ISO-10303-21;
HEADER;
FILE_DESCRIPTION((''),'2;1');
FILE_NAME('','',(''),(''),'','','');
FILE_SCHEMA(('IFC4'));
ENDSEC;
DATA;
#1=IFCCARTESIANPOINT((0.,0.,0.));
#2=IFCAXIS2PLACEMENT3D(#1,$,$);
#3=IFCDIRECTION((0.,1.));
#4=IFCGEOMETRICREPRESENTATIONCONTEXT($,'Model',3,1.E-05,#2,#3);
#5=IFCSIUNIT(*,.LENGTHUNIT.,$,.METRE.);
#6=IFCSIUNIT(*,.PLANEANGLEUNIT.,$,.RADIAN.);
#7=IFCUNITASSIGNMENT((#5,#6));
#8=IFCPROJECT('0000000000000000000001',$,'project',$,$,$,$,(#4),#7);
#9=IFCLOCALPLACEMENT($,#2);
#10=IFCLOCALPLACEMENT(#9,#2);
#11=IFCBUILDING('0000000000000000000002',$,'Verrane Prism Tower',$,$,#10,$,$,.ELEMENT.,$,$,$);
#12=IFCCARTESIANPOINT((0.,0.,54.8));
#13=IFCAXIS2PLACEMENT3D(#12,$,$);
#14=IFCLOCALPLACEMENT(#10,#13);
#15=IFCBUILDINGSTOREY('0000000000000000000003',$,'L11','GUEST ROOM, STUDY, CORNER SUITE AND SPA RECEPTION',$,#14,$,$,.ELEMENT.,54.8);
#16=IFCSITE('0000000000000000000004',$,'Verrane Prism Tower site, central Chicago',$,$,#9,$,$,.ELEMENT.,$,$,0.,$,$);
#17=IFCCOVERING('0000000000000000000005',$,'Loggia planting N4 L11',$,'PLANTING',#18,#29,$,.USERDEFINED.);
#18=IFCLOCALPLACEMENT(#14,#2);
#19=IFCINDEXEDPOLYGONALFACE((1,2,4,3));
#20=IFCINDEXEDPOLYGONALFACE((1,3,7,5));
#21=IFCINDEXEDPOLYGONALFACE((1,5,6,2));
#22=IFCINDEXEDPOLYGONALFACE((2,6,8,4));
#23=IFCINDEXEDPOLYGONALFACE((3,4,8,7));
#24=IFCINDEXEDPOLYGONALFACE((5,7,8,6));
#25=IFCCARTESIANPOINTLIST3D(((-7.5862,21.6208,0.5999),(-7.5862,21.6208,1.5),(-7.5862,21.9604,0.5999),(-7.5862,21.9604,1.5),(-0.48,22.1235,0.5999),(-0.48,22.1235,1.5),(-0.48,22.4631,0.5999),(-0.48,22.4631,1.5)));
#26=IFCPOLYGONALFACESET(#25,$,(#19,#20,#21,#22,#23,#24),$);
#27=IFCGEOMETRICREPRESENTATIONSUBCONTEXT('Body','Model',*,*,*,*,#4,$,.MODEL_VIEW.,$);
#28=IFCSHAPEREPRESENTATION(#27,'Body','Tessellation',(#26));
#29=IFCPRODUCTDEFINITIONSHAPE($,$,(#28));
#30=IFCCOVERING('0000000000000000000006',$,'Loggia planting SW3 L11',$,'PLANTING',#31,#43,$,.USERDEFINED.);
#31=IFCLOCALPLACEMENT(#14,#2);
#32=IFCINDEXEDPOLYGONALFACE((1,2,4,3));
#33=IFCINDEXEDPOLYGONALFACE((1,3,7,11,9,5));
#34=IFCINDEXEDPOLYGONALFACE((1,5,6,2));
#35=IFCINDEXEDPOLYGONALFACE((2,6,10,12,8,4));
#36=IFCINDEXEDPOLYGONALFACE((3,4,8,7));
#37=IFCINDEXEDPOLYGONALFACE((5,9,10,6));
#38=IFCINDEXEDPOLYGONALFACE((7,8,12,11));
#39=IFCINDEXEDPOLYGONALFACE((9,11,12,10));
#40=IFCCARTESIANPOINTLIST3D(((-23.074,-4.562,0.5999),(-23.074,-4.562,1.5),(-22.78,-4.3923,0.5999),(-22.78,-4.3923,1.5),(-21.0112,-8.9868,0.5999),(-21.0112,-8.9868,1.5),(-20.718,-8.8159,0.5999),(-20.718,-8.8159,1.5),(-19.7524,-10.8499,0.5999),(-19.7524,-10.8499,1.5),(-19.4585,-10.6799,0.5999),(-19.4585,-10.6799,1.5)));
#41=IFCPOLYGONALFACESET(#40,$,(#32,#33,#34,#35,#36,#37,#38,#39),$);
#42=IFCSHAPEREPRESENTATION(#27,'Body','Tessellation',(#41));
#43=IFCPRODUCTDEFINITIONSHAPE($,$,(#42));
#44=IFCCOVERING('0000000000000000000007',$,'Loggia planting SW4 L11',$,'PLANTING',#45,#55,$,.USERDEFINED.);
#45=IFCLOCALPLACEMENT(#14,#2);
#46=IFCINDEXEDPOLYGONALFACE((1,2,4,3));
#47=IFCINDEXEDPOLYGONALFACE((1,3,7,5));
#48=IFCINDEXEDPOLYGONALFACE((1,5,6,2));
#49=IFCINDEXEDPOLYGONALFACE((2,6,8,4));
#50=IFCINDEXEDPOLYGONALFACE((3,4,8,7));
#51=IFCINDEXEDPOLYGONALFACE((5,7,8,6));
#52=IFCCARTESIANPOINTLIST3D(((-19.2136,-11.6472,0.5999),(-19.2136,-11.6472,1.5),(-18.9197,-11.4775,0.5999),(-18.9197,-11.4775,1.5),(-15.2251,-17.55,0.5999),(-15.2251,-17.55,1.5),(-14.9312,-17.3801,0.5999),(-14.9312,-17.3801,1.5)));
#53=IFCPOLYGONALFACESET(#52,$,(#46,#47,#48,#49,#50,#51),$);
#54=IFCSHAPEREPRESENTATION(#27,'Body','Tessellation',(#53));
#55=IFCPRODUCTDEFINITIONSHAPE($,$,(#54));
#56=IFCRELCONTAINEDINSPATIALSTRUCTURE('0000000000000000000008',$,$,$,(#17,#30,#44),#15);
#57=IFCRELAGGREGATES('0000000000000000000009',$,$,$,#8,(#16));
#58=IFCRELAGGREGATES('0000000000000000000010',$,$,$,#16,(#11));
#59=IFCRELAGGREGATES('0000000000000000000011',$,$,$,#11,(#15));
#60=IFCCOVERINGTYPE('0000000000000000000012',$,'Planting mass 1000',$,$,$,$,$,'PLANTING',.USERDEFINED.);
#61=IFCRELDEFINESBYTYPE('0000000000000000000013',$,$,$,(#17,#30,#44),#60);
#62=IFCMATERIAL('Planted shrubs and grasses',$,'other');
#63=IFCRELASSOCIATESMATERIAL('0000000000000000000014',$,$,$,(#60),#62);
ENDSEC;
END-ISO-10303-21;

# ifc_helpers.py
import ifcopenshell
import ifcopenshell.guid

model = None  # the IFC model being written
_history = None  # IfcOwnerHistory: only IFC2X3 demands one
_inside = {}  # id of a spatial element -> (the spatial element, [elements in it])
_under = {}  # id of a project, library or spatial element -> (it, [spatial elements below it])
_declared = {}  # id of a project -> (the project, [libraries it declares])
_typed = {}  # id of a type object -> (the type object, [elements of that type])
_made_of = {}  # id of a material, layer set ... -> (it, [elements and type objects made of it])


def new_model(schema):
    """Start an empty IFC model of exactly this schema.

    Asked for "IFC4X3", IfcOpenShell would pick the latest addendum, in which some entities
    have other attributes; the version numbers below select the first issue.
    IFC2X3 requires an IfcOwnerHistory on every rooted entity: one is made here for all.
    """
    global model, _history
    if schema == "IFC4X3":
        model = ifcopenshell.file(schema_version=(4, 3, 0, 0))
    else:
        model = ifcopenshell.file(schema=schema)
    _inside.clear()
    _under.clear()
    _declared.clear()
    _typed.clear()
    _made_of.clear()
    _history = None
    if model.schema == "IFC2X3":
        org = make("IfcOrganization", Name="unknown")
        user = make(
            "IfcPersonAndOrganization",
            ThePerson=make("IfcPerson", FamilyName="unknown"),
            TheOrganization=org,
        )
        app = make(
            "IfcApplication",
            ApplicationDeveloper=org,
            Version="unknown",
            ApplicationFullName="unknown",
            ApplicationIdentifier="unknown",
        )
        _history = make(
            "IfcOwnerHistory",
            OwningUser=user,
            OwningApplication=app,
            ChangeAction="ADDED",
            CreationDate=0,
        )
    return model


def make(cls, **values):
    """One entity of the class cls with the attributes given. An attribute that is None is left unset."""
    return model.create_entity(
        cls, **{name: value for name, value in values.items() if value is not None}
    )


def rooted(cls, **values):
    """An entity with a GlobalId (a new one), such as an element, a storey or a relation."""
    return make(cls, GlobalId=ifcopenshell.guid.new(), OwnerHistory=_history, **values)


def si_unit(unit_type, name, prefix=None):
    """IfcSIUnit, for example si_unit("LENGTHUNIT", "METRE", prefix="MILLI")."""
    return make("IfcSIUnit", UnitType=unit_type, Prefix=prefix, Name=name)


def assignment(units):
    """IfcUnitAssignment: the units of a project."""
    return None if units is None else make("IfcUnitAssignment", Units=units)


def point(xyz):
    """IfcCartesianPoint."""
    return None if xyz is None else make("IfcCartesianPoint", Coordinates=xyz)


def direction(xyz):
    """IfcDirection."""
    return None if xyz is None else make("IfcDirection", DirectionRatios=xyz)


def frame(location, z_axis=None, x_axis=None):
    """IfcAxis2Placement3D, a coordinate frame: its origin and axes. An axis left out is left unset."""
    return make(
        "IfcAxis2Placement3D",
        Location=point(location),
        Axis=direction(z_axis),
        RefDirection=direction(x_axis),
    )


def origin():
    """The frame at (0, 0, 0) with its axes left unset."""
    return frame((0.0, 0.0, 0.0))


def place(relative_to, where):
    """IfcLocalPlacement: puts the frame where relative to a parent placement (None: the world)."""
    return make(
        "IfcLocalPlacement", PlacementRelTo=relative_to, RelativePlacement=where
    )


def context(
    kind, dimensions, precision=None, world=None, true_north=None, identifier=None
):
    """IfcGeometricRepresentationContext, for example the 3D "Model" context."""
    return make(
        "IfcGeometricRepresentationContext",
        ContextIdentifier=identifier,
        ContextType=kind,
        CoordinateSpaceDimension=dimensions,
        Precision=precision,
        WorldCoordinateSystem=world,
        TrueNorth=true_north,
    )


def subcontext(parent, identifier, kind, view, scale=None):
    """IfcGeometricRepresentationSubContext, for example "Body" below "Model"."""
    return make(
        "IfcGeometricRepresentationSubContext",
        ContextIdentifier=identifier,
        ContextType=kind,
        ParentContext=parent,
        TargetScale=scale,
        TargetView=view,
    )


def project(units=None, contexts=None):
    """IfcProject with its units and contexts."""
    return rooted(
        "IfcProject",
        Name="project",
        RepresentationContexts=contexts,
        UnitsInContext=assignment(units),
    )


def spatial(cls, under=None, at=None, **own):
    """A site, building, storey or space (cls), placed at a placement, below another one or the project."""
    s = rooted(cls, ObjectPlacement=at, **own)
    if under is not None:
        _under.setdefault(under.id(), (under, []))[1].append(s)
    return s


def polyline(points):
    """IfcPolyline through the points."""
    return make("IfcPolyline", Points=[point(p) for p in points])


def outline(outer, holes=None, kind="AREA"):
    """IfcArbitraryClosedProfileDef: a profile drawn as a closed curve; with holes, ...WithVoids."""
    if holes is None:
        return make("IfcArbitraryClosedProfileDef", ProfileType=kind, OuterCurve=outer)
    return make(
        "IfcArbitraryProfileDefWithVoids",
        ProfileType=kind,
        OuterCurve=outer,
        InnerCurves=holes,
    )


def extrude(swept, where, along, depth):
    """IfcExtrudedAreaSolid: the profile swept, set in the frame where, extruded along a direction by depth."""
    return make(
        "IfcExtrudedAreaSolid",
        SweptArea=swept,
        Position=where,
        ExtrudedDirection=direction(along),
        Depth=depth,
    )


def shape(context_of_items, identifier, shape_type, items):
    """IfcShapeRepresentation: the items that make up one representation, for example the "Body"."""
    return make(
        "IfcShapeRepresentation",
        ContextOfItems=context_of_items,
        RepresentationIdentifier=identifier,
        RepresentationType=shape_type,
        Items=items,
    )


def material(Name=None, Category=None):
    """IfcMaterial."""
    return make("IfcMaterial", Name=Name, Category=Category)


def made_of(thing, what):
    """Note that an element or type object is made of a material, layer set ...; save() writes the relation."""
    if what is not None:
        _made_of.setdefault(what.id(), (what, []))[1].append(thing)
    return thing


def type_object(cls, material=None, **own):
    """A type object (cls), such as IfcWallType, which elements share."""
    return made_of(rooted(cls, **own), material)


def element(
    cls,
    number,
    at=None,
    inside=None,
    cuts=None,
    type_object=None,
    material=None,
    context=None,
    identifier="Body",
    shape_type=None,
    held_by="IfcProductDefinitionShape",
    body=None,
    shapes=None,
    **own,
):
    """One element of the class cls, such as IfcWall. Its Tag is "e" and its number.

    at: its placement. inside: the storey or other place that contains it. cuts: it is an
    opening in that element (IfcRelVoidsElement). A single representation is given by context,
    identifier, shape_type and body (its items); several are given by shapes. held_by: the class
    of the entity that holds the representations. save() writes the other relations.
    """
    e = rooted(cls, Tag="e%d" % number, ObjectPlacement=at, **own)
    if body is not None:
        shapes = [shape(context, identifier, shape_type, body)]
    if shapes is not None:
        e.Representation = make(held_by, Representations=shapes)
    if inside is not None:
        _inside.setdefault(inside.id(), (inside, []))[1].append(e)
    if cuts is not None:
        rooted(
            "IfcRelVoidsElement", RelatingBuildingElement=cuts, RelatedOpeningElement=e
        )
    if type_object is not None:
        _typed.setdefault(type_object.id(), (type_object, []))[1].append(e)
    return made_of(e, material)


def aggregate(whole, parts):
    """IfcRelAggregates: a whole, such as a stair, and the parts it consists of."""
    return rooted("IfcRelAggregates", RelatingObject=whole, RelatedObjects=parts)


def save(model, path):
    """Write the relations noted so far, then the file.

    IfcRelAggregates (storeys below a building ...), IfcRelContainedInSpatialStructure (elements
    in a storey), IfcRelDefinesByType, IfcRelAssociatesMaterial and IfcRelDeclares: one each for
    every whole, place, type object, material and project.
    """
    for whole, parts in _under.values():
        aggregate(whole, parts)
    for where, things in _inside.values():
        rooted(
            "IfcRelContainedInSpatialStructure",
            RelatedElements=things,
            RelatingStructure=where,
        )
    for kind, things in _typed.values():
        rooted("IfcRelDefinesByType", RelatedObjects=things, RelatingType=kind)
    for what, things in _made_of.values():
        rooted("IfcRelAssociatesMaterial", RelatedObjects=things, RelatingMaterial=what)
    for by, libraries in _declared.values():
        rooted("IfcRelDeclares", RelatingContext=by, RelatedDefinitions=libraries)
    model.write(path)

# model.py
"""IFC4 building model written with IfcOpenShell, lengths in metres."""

from ifc_helpers import new_model, si_unit, direction, frame, origin, place, context, subcontext, project, spatial, polyline, outline, extrude, material, type_object, element, save


model = new_model("IFC4")

# Units and contexts
model_context = context("Model", 3, precision=1e-05, world=origin(), true_north=direction((0.0, 1.0)))
body_context = subcontext(model_context, "Body", "Model", "MODEL_VIEW")
ifc_project = project(units=[si_unit("LENGTHUNIT", "METRE"), si_unit("PLANEANGLEUNIT", "RADIAN")], contexts=[model_context])

# Site, building, storey
site_placement = place(None, origin())
site = spatial("IfcSite", under=ifc_project, at=site_placement, Name="Verrane Prism Tower site, central Chicago", CompositionType="ELEMENT", RefElevation=0.0)
building_placement = place(site_placement, origin())
building = spatial("IfcBuilding", under=site, at=building_placement, Name="Verrane Prism Tower", CompositionType="ELEMENT")
storey_placement = place(building_placement, frame((0.0, 0.0, 54.8)))
storey = spatial("IfcBuildingStorey", under=building, at=storey_placement, Name="L11", Description="GUEST ROOM, STUDY, CORNER SUITE AND SPA RECEPTION", CompositionType="ELEMENT", Elevation=54.8)

# Coverings
ifc_material_1 = material(Name="Planted shrubs and grasses", Category="other")
covering_type_1 = type_object("IfcCoveringType", Name="Planting mass 1000", ElementType="PLANTING", PredefinedType="USERDEFINED", material=ifc_material_1)
covering_1_placement = place(storey_placement, frame((0.0, 0.0, 0.5999)))
element("IfcCovering", 1, at=covering_1_placement, inside=storey, type_object=covering_type_1, Name="Loggia planting N4 L11", ObjectType="PLANTING", PredefinedType="USERDEFINED", context=body_context, shape_type="SweptSolid", body=[
    extrude(outline(polyline([(-7.5862, 21.9604), (-7.5862, 21.6208), (-0.48, 22.1235), (-0.48, 22.4631), (-7.5862, 21.9604)])), origin(), (0.0, 0.0, 1.0), 0.9001),
])
covering_2_placement = place(storey_placement, frame((0.0, 0.0, 0.5999)))
element("IfcCovering", 2, at=covering_2_placement, inside=storey, type_object=covering_type_1, Name="Loggia planting SW3 L11", ObjectType="PLANTING", PredefinedType="USERDEFINED", context=body_context, shape_type="SweptSolid", body=[
    extrude(outline(polyline([(-21.0112, -8.9868), (-19.7524, -10.8499), (-19.4585, -10.6799), (-20.718, -8.8159), (-22.78, -4.3923), (-23.074, -4.562), (-21.0112, -8.9868)])), origin(), (0.0, 0.0, 1.0), 0.9001),
])
covering_3_placement = place(storey_placement, frame((0.0, 0.0, 0.5999)))
element("IfcCovering", 3, at=covering_3_placement, inside=storey, type_object=covering_type_1, Name="Loggia planting SW4 L11", ObjectType="PLANTING", PredefinedType="USERDEFINED", context=body_context, shape_type="SweptSolid", body=[
    extrude(outline(polyline([(-15.2251, -17.55), (-14.9312, -17.3801), (-18.9197, -11.4775), (-19.2136, -11.6472), (-15.2251, -17.55)])), origin(), (0.0, 0.0, 1.0), 0.9001),
])

save(model, "model.ifc")
